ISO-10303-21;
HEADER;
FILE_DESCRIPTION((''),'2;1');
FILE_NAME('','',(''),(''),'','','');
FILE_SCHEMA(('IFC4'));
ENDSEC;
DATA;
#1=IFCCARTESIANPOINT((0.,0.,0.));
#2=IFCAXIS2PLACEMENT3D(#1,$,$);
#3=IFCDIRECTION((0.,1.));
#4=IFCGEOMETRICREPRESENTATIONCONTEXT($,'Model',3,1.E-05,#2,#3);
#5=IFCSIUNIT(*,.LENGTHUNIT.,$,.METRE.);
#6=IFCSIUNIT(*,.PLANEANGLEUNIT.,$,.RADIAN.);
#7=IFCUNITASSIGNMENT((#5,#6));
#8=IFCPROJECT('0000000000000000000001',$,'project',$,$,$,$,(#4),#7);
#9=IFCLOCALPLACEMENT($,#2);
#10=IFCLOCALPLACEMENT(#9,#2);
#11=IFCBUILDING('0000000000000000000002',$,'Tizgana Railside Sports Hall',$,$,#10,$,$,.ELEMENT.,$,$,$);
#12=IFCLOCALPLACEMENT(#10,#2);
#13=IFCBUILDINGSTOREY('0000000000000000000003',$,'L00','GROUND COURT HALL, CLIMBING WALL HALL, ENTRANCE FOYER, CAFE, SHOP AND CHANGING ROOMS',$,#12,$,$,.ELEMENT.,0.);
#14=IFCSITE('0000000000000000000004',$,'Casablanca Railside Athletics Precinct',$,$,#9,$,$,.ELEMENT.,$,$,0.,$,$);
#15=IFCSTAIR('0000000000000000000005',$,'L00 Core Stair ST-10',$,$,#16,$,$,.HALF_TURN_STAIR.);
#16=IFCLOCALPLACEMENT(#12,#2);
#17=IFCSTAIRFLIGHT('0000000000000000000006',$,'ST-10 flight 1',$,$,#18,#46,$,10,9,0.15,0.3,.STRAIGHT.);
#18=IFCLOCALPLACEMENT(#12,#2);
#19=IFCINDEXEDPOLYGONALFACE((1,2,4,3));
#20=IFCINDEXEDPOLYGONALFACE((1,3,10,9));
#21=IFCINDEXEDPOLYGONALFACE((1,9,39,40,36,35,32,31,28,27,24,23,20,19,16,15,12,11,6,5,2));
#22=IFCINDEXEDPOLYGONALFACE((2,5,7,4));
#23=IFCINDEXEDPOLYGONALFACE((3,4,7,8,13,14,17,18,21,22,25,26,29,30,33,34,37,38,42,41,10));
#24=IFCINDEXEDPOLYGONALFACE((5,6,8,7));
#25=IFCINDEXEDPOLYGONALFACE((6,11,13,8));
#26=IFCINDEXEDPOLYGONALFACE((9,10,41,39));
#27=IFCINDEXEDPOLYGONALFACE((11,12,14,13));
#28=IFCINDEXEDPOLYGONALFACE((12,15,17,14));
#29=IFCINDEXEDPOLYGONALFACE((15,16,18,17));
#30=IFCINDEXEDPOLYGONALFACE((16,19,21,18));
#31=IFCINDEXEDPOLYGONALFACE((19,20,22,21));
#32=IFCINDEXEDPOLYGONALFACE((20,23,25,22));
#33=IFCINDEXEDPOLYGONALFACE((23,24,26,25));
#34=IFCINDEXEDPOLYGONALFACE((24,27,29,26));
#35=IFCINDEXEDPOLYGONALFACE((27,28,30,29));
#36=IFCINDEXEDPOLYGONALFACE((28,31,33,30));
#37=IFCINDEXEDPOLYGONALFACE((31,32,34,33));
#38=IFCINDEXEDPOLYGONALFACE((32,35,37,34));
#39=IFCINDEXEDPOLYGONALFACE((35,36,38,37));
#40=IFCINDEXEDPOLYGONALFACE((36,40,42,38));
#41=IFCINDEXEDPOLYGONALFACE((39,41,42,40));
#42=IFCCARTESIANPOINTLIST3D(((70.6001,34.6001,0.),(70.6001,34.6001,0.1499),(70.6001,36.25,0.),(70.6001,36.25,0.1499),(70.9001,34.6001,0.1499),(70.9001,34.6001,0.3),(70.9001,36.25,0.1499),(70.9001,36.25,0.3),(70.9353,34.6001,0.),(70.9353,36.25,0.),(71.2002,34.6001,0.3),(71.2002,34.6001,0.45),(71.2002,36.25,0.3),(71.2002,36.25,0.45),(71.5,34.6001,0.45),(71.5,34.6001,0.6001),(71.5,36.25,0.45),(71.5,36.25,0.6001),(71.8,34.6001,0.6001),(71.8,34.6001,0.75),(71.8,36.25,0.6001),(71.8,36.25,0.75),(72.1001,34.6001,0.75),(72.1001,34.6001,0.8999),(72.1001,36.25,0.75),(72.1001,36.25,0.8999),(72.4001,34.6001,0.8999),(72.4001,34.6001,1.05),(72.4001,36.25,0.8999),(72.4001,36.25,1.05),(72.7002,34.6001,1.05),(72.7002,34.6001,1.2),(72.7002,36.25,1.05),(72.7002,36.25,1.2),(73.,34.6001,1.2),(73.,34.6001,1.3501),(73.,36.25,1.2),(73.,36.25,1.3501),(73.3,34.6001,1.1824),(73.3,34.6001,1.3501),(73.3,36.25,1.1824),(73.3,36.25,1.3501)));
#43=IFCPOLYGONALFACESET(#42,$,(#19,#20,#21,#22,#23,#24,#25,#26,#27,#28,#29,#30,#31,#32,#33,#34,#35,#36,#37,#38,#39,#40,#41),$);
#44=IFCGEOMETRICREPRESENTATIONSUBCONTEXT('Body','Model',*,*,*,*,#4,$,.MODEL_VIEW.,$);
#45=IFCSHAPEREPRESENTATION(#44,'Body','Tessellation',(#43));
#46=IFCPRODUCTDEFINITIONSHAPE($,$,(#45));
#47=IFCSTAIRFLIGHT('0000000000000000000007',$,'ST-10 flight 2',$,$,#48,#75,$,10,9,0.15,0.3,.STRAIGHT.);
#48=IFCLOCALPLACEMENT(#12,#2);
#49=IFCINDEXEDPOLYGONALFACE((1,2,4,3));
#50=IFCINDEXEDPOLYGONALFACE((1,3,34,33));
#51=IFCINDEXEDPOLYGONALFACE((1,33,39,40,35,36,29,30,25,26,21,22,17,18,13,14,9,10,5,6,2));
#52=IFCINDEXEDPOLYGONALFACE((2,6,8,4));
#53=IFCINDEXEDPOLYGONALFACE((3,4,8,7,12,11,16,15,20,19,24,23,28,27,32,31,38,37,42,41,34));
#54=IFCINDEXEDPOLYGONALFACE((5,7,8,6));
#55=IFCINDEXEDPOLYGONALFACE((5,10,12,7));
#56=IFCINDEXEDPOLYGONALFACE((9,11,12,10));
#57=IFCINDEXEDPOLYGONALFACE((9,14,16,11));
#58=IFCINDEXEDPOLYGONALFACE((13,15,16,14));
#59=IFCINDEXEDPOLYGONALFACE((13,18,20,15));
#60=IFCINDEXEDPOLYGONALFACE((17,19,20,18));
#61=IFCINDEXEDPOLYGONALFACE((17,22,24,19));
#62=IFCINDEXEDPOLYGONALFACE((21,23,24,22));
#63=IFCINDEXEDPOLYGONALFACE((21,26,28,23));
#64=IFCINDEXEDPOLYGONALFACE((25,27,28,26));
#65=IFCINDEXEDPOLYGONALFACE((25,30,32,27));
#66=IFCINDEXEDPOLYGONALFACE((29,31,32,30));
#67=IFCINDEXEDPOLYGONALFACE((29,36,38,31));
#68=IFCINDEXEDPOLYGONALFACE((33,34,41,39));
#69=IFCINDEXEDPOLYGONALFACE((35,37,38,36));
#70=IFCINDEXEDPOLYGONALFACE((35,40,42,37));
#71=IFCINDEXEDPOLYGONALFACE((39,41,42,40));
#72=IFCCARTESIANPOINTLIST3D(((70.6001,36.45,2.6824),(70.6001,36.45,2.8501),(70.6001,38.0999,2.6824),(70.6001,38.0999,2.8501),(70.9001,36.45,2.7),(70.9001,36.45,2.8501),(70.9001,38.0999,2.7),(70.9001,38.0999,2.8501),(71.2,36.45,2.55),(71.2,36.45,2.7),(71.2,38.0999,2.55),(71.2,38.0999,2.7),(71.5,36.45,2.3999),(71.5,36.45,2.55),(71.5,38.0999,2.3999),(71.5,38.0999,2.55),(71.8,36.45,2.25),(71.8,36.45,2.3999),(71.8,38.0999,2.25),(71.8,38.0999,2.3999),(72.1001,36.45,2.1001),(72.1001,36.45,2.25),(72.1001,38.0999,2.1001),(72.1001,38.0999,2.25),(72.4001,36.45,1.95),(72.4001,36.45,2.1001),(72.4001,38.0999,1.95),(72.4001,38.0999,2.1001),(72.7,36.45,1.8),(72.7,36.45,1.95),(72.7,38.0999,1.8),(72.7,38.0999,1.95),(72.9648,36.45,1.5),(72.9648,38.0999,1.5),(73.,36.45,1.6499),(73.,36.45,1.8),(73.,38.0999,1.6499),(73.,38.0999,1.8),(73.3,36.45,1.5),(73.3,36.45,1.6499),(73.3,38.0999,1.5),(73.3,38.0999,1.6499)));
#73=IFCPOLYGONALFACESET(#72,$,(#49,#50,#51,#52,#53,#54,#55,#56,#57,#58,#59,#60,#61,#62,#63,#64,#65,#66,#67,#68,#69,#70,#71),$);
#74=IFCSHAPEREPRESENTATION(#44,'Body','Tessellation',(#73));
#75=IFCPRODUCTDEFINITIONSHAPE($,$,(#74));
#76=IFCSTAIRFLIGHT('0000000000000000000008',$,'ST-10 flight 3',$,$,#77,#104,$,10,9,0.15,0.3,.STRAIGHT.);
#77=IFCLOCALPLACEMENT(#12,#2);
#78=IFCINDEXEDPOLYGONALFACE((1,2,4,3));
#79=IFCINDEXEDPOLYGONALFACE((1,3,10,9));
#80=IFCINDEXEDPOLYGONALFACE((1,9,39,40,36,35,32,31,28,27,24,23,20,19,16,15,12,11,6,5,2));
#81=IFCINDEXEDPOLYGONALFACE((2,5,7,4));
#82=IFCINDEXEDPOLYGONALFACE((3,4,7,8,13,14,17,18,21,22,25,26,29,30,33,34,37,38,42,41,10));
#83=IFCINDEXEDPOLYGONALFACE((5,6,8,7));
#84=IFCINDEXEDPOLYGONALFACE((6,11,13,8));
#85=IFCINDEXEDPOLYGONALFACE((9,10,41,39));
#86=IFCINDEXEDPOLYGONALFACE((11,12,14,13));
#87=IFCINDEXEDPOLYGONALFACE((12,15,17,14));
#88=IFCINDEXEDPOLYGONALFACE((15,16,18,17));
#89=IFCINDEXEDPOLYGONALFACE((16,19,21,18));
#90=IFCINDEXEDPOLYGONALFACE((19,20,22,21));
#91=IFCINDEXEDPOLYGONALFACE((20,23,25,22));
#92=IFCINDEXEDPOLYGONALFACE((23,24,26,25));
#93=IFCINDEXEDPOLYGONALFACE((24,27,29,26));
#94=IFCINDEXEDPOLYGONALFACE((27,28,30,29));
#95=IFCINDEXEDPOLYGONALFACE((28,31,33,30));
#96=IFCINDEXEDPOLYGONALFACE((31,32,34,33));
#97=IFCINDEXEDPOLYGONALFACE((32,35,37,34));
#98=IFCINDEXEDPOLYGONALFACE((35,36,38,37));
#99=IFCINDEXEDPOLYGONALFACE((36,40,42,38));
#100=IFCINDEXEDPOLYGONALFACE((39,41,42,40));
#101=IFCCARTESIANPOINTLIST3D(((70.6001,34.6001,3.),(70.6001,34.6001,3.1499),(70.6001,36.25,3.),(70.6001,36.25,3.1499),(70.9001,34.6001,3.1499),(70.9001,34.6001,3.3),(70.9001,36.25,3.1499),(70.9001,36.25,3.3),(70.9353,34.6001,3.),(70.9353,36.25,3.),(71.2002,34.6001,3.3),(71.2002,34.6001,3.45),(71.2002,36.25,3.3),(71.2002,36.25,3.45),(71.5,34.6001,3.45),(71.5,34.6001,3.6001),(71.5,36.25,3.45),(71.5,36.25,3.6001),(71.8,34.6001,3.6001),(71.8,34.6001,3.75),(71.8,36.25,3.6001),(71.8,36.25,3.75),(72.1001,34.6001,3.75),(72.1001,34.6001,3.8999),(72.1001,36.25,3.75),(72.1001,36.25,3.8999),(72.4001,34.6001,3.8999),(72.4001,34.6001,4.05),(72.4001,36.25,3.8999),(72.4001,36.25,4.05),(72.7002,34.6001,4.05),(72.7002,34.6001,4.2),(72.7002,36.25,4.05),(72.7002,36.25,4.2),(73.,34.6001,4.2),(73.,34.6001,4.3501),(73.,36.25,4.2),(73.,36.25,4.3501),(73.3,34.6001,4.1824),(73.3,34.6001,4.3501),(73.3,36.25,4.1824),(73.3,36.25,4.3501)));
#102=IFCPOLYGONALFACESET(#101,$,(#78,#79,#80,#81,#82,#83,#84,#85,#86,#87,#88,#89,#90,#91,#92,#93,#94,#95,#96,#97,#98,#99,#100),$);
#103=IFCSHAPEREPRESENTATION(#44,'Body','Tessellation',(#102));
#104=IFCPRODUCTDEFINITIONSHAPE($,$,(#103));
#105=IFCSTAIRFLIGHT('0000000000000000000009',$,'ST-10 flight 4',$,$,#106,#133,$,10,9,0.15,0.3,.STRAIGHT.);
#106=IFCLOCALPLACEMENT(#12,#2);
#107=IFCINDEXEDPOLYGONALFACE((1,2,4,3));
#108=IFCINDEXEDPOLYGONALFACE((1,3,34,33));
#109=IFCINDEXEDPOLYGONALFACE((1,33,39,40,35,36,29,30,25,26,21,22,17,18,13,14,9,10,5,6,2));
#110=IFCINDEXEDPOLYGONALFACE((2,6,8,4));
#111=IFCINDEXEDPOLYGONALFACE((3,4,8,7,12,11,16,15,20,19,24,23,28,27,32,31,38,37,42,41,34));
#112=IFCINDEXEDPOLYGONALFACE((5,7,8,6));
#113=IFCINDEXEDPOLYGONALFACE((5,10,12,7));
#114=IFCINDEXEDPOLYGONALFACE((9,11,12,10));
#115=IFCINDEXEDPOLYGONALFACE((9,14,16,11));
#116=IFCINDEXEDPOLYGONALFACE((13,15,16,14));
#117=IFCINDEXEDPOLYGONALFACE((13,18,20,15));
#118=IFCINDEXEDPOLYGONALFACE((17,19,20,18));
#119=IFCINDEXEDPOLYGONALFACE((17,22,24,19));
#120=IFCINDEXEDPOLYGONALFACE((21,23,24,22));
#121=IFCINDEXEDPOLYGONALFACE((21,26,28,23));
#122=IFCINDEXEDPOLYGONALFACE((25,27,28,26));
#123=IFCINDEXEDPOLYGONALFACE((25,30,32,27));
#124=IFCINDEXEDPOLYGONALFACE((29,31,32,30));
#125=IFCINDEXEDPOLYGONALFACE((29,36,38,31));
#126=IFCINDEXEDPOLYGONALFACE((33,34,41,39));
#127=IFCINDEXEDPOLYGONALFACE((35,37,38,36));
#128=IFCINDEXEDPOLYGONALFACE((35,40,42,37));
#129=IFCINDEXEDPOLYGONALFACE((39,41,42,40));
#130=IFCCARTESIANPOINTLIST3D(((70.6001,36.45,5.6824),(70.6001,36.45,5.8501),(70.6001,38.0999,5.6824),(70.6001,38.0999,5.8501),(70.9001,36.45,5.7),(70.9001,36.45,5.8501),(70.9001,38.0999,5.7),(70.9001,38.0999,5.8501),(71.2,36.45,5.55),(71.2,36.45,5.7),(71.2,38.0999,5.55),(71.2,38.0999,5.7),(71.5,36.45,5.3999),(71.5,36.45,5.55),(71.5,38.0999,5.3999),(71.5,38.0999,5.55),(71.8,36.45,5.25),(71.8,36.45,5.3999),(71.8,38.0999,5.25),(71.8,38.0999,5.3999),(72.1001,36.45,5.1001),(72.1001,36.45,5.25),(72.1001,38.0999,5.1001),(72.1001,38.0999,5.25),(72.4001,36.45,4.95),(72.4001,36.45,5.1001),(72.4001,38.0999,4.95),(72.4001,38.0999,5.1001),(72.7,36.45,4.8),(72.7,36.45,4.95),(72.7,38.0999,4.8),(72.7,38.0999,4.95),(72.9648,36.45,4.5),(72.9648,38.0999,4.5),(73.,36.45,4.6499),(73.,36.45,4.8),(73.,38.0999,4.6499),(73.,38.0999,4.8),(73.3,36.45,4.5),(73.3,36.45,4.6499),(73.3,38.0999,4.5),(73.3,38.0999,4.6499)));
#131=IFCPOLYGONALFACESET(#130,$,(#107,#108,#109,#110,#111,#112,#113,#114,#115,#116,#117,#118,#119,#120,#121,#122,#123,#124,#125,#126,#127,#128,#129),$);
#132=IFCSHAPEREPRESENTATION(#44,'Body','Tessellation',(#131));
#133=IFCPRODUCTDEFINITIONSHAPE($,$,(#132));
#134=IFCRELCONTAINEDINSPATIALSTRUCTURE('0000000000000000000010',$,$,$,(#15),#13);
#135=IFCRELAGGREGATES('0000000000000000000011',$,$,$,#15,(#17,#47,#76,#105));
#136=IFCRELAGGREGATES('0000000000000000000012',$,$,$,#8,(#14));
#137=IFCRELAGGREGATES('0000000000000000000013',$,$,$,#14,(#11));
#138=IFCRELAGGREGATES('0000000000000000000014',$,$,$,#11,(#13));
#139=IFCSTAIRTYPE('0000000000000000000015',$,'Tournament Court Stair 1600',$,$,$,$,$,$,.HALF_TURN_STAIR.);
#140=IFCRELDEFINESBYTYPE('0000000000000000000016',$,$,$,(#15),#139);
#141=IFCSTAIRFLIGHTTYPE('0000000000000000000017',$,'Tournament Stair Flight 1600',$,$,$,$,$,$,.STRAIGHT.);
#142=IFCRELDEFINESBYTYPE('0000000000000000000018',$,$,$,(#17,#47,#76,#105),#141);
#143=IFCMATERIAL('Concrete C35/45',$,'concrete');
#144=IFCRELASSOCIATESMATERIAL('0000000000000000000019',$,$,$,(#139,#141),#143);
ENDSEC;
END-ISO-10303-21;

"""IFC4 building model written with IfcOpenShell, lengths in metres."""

from ifc_helpers import new_model, si_unit, direction, frame, origin, place, context, subcontext, project, spatial, polyline, outline, extrude, material, type_object, element, aggregate, save


model = new_model("IFC4")

# Units and contexts
model_context = context("Model", 3, precision=1e-05, world=origin(), true_north=direction((0.0, 1.0)))
body_context = subcontext(model_context, "Body", "Model", "MODEL_VIEW")
ifc_project = project(units=[si_unit("LENGTHUNIT", "METRE"), si_unit("PLANEANGLEUNIT", "RADIAN")], contexts=[model_context])

# Site, building, storey
site_placement = place(None, origin())
site = spatial("IfcSite", under=ifc_project, at=site_placement, Name="Casablanca Railside Athletics Precinct", CompositionType="ELEMENT", RefElevation=0.0)
building_placement = place(site_placement, origin())
building = spatial("IfcBuilding", under=site, at=building_placement, Name="Tizgana Railside Sports Hall", CompositionType="ELEMENT")
storey_placement = place(building_placement, origin())
storey = spatial("IfcBuildingStorey", under=building, at=storey_placement, Name="L00", Description="GROUND COURT HALL, CLIMBING WALL HALL, ENTRANCE FOYER, CAFE, SHOP AND CHANGING ROOMS", CompositionType="ELEMENT", Elevation=0.0)

# Stair, stair flights
ifc_material_1 = material(Name="Concrete C35/45", Category="concrete")
stair_type = type_object("IfcStairType", Name="Tournament Court Stair 1600", PredefinedType="HALF_TURN_STAIR", material=ifc_material_1)
stair_placement = place(storey_placement, origin())
stair = element("IfcStair", 1, at=stair_placement, inside=storey, type_object=stair_type, Name="L00 Core Stair ST-10", PredefinedType="HALF_TURN_STAIR")
stair_flight_type = type_object("IfcStairFlightType", Name="Tournament Stair Flight 1600", PredefinedType="STRAIGHT", material=ifc_material_1)
stair_flight_1_placement = place(storey_placement, frame((70.6001, 35.425, 0.0), z_axis=(0.0, 0.0, 1.0), x_axis=(1.0, 0.0, 0.0)))
stair_flight_1 = element("IfcStairFlight", 2, at=stair_flight_1_placement, type_object=stair_flight_type, Name="ST-10 flight 1", NumberOfRisers=10, NumberOfTreads=9, PredefinedType="STRAIGHT", RiserHeight=0.15, TreadLength=0.3, context=body_context, shape_type="SweptSolid", body=[
    extrude(outline(polyline([(0.0, 0.0), (0.0, 0.1499), (0.3, 0.1499), (0.3, 0.3), (0.6001, 0.3), (0.6001, 0.45), (0.8999, 0.45), (0.8999, 0.6001), (1.2, 0.6001), (1.2, 0.75), (1.5, 0.75), (1.5, 0.8999), (1.8, 0.8999), (1.8, 1.05), (2.1001, 1.05), (2.1001, 1.2), (2.3999, 1.2), (2.3999, 1.3501), (2.7, 1.3501), (2.7, 1.5), (2.7, 1.1824), (0.3352, 0.0), (0.0, 0.0)])), frame((0.0, 0.825, 0.0), z_axis=(0.0, -1.0, 0.0), x_axis=(1.0, 0.0, 0.0)), (0.0, 0.0, 1.0), 1.6499),
])
stair_flight_2_placement = place(storey_placement, frame((73.3, 37.2749, 1.5), z_axis=(0.0, 0.0, 1.0), x_axis=(-1.0, 0.0, 0.0)))
stair_flight_2 = element("IfcStairFlight", 3, at=stair_flight_2_placement, type_object=stair_flight_type, Name="ST-10 flight 2", NumberOfRisers=10, NumberOfTreads=9, PredefinedType="STRAIGHT", RiserHeight=0.15, TreadLength=0.3, context=body_context, shape_type="SweptSolid", body=[
    extrude(outline(polyline([(0.0, 0.0), (0.0, 0.1499), (0.3, 0.1499), (0.3, 0.3), (0.6001, 0.3), (0.6001, 0.45), (0.8999, 0.45), (0.8999, 0.6001), (1.2, 0.6001), (1.2, 0.75), (1.5, 0.75), (1.5, 0.8999), (1.8, 0.8999), (1.8, 1.05), (2.1001, 1.05), (2.1001, 1.2), (2.3999, 1.2), (2.3999, 1.3501), (2.7, 1.3501), (2.7, 1.5), (2.7, 1.1824), (0.3352, 0.0), (0.0, 0.0)])), frame((0.0, 0.825, 0.0), z_axis=(0.0, -1.0, 0.0), x_axis=(1.0, 0.0, 0.0)), (0.0, 0.0, 1.0), 1.6499),
])
stair_flight_3_placement = place(storey_placement, frame((70.6001, 35.425, 3.0), z_axis=(0.0, 0.0, 1.0), x_axis=(1.0, 0.0, 0.0)))
stair_flight_3 = element("IfcStairFlight", 4, at=stair_flight_3_placement, type_object=stair_flight_type, Name="ST-10 flight 3", NumberOfRisers=10, NumberOfTreads=9, PredefinedType="STRAIGHT", RiserHeight=0.15, TreadLength=0.3, context=body_context, shape_type="SweptSolid", body=[
    extrude(outline(polyline([(0.0, 0.0), (0.0, 0.1499), (0.3, 0.1499), (0.3, 0.3), (0.6001, 0.3), (0.6001, 0.45), (0.8999, 0.45), (0.8999, 0.6001), (1.2, 0.6001), (1.2, 0.75), (1.5, 0.75), (1.5, 0.8999), (1.8, 0.8999), (1.8, 1.05), (2.1001, 1.05), (2.1001, 1.2), (2.3999, 1.2), (2.3999, 1.3501), (2.7, 1.3501), (2.7, 1.5), (2.7, 1.1824), (0.3352, 0.0), (0.0, 0.0)])), frame((0.0, 0.825, 0.0), z_axis=(0.0, -1.0, 0.0), x_axis=(1.0, 0.0, 0.0)), (0.0, 0.0, 1.0), 1.6499),
])
stair_flight_4_placement = place(storey_placement, frame((73.3, 37.2749, 4.5), z_axis=(0.0, 0.0, 1.0), x_axis=(-1.0, 0.0, 0.0)))
stair_flight_4 = element("IfcStairFlight", 5, at=stair_flight_4_placement, type_object=stair_flight_type, Name="ST-10 flight 4", NumberOfRisers=10, NumberOfTreads=9, PredefinedType="STRAIGHT", RiserHeight=0.15, TreadLength=0.3, context=body_context, shape_type="SweptSolid", body=[
    extrude(outline(polyline([(0.0, 0.0), (0.0, 0.1499), (0.3, 0.1499), (0.3, 0.3), (0.6001, 0.3), (0.6001, 0.45), (0.8999, 0.45), (0.8999, 0.6001), (1.2, 0.6001), (1.2, 0.75), (1.5, 0.75), (1.5, 0.8999), (1.8, 0.8999), (1.8, 1.05), (2.1001, 1.05), (2.1001, 1.2), (2.3999, 1.2), (2.3999, 1.3501), (2.7, 1.3501), (2.7, 1.5), (2.7, 1.1824), (0.3352, 0.0), (0.0, 0.0)])), frame((0.0, 0.825, 0.0), z_axis=(0.0, -1.0, 0.0), x_axis=(1.0, 0.0, 0.0)), (0.0, 0.0, 1.0), 1.6499),
])
aggregate(stair, [stair_flight_1, stair_flight_2, stair_flight_3, stair_flight_4])

save(model, "model.ifc")
